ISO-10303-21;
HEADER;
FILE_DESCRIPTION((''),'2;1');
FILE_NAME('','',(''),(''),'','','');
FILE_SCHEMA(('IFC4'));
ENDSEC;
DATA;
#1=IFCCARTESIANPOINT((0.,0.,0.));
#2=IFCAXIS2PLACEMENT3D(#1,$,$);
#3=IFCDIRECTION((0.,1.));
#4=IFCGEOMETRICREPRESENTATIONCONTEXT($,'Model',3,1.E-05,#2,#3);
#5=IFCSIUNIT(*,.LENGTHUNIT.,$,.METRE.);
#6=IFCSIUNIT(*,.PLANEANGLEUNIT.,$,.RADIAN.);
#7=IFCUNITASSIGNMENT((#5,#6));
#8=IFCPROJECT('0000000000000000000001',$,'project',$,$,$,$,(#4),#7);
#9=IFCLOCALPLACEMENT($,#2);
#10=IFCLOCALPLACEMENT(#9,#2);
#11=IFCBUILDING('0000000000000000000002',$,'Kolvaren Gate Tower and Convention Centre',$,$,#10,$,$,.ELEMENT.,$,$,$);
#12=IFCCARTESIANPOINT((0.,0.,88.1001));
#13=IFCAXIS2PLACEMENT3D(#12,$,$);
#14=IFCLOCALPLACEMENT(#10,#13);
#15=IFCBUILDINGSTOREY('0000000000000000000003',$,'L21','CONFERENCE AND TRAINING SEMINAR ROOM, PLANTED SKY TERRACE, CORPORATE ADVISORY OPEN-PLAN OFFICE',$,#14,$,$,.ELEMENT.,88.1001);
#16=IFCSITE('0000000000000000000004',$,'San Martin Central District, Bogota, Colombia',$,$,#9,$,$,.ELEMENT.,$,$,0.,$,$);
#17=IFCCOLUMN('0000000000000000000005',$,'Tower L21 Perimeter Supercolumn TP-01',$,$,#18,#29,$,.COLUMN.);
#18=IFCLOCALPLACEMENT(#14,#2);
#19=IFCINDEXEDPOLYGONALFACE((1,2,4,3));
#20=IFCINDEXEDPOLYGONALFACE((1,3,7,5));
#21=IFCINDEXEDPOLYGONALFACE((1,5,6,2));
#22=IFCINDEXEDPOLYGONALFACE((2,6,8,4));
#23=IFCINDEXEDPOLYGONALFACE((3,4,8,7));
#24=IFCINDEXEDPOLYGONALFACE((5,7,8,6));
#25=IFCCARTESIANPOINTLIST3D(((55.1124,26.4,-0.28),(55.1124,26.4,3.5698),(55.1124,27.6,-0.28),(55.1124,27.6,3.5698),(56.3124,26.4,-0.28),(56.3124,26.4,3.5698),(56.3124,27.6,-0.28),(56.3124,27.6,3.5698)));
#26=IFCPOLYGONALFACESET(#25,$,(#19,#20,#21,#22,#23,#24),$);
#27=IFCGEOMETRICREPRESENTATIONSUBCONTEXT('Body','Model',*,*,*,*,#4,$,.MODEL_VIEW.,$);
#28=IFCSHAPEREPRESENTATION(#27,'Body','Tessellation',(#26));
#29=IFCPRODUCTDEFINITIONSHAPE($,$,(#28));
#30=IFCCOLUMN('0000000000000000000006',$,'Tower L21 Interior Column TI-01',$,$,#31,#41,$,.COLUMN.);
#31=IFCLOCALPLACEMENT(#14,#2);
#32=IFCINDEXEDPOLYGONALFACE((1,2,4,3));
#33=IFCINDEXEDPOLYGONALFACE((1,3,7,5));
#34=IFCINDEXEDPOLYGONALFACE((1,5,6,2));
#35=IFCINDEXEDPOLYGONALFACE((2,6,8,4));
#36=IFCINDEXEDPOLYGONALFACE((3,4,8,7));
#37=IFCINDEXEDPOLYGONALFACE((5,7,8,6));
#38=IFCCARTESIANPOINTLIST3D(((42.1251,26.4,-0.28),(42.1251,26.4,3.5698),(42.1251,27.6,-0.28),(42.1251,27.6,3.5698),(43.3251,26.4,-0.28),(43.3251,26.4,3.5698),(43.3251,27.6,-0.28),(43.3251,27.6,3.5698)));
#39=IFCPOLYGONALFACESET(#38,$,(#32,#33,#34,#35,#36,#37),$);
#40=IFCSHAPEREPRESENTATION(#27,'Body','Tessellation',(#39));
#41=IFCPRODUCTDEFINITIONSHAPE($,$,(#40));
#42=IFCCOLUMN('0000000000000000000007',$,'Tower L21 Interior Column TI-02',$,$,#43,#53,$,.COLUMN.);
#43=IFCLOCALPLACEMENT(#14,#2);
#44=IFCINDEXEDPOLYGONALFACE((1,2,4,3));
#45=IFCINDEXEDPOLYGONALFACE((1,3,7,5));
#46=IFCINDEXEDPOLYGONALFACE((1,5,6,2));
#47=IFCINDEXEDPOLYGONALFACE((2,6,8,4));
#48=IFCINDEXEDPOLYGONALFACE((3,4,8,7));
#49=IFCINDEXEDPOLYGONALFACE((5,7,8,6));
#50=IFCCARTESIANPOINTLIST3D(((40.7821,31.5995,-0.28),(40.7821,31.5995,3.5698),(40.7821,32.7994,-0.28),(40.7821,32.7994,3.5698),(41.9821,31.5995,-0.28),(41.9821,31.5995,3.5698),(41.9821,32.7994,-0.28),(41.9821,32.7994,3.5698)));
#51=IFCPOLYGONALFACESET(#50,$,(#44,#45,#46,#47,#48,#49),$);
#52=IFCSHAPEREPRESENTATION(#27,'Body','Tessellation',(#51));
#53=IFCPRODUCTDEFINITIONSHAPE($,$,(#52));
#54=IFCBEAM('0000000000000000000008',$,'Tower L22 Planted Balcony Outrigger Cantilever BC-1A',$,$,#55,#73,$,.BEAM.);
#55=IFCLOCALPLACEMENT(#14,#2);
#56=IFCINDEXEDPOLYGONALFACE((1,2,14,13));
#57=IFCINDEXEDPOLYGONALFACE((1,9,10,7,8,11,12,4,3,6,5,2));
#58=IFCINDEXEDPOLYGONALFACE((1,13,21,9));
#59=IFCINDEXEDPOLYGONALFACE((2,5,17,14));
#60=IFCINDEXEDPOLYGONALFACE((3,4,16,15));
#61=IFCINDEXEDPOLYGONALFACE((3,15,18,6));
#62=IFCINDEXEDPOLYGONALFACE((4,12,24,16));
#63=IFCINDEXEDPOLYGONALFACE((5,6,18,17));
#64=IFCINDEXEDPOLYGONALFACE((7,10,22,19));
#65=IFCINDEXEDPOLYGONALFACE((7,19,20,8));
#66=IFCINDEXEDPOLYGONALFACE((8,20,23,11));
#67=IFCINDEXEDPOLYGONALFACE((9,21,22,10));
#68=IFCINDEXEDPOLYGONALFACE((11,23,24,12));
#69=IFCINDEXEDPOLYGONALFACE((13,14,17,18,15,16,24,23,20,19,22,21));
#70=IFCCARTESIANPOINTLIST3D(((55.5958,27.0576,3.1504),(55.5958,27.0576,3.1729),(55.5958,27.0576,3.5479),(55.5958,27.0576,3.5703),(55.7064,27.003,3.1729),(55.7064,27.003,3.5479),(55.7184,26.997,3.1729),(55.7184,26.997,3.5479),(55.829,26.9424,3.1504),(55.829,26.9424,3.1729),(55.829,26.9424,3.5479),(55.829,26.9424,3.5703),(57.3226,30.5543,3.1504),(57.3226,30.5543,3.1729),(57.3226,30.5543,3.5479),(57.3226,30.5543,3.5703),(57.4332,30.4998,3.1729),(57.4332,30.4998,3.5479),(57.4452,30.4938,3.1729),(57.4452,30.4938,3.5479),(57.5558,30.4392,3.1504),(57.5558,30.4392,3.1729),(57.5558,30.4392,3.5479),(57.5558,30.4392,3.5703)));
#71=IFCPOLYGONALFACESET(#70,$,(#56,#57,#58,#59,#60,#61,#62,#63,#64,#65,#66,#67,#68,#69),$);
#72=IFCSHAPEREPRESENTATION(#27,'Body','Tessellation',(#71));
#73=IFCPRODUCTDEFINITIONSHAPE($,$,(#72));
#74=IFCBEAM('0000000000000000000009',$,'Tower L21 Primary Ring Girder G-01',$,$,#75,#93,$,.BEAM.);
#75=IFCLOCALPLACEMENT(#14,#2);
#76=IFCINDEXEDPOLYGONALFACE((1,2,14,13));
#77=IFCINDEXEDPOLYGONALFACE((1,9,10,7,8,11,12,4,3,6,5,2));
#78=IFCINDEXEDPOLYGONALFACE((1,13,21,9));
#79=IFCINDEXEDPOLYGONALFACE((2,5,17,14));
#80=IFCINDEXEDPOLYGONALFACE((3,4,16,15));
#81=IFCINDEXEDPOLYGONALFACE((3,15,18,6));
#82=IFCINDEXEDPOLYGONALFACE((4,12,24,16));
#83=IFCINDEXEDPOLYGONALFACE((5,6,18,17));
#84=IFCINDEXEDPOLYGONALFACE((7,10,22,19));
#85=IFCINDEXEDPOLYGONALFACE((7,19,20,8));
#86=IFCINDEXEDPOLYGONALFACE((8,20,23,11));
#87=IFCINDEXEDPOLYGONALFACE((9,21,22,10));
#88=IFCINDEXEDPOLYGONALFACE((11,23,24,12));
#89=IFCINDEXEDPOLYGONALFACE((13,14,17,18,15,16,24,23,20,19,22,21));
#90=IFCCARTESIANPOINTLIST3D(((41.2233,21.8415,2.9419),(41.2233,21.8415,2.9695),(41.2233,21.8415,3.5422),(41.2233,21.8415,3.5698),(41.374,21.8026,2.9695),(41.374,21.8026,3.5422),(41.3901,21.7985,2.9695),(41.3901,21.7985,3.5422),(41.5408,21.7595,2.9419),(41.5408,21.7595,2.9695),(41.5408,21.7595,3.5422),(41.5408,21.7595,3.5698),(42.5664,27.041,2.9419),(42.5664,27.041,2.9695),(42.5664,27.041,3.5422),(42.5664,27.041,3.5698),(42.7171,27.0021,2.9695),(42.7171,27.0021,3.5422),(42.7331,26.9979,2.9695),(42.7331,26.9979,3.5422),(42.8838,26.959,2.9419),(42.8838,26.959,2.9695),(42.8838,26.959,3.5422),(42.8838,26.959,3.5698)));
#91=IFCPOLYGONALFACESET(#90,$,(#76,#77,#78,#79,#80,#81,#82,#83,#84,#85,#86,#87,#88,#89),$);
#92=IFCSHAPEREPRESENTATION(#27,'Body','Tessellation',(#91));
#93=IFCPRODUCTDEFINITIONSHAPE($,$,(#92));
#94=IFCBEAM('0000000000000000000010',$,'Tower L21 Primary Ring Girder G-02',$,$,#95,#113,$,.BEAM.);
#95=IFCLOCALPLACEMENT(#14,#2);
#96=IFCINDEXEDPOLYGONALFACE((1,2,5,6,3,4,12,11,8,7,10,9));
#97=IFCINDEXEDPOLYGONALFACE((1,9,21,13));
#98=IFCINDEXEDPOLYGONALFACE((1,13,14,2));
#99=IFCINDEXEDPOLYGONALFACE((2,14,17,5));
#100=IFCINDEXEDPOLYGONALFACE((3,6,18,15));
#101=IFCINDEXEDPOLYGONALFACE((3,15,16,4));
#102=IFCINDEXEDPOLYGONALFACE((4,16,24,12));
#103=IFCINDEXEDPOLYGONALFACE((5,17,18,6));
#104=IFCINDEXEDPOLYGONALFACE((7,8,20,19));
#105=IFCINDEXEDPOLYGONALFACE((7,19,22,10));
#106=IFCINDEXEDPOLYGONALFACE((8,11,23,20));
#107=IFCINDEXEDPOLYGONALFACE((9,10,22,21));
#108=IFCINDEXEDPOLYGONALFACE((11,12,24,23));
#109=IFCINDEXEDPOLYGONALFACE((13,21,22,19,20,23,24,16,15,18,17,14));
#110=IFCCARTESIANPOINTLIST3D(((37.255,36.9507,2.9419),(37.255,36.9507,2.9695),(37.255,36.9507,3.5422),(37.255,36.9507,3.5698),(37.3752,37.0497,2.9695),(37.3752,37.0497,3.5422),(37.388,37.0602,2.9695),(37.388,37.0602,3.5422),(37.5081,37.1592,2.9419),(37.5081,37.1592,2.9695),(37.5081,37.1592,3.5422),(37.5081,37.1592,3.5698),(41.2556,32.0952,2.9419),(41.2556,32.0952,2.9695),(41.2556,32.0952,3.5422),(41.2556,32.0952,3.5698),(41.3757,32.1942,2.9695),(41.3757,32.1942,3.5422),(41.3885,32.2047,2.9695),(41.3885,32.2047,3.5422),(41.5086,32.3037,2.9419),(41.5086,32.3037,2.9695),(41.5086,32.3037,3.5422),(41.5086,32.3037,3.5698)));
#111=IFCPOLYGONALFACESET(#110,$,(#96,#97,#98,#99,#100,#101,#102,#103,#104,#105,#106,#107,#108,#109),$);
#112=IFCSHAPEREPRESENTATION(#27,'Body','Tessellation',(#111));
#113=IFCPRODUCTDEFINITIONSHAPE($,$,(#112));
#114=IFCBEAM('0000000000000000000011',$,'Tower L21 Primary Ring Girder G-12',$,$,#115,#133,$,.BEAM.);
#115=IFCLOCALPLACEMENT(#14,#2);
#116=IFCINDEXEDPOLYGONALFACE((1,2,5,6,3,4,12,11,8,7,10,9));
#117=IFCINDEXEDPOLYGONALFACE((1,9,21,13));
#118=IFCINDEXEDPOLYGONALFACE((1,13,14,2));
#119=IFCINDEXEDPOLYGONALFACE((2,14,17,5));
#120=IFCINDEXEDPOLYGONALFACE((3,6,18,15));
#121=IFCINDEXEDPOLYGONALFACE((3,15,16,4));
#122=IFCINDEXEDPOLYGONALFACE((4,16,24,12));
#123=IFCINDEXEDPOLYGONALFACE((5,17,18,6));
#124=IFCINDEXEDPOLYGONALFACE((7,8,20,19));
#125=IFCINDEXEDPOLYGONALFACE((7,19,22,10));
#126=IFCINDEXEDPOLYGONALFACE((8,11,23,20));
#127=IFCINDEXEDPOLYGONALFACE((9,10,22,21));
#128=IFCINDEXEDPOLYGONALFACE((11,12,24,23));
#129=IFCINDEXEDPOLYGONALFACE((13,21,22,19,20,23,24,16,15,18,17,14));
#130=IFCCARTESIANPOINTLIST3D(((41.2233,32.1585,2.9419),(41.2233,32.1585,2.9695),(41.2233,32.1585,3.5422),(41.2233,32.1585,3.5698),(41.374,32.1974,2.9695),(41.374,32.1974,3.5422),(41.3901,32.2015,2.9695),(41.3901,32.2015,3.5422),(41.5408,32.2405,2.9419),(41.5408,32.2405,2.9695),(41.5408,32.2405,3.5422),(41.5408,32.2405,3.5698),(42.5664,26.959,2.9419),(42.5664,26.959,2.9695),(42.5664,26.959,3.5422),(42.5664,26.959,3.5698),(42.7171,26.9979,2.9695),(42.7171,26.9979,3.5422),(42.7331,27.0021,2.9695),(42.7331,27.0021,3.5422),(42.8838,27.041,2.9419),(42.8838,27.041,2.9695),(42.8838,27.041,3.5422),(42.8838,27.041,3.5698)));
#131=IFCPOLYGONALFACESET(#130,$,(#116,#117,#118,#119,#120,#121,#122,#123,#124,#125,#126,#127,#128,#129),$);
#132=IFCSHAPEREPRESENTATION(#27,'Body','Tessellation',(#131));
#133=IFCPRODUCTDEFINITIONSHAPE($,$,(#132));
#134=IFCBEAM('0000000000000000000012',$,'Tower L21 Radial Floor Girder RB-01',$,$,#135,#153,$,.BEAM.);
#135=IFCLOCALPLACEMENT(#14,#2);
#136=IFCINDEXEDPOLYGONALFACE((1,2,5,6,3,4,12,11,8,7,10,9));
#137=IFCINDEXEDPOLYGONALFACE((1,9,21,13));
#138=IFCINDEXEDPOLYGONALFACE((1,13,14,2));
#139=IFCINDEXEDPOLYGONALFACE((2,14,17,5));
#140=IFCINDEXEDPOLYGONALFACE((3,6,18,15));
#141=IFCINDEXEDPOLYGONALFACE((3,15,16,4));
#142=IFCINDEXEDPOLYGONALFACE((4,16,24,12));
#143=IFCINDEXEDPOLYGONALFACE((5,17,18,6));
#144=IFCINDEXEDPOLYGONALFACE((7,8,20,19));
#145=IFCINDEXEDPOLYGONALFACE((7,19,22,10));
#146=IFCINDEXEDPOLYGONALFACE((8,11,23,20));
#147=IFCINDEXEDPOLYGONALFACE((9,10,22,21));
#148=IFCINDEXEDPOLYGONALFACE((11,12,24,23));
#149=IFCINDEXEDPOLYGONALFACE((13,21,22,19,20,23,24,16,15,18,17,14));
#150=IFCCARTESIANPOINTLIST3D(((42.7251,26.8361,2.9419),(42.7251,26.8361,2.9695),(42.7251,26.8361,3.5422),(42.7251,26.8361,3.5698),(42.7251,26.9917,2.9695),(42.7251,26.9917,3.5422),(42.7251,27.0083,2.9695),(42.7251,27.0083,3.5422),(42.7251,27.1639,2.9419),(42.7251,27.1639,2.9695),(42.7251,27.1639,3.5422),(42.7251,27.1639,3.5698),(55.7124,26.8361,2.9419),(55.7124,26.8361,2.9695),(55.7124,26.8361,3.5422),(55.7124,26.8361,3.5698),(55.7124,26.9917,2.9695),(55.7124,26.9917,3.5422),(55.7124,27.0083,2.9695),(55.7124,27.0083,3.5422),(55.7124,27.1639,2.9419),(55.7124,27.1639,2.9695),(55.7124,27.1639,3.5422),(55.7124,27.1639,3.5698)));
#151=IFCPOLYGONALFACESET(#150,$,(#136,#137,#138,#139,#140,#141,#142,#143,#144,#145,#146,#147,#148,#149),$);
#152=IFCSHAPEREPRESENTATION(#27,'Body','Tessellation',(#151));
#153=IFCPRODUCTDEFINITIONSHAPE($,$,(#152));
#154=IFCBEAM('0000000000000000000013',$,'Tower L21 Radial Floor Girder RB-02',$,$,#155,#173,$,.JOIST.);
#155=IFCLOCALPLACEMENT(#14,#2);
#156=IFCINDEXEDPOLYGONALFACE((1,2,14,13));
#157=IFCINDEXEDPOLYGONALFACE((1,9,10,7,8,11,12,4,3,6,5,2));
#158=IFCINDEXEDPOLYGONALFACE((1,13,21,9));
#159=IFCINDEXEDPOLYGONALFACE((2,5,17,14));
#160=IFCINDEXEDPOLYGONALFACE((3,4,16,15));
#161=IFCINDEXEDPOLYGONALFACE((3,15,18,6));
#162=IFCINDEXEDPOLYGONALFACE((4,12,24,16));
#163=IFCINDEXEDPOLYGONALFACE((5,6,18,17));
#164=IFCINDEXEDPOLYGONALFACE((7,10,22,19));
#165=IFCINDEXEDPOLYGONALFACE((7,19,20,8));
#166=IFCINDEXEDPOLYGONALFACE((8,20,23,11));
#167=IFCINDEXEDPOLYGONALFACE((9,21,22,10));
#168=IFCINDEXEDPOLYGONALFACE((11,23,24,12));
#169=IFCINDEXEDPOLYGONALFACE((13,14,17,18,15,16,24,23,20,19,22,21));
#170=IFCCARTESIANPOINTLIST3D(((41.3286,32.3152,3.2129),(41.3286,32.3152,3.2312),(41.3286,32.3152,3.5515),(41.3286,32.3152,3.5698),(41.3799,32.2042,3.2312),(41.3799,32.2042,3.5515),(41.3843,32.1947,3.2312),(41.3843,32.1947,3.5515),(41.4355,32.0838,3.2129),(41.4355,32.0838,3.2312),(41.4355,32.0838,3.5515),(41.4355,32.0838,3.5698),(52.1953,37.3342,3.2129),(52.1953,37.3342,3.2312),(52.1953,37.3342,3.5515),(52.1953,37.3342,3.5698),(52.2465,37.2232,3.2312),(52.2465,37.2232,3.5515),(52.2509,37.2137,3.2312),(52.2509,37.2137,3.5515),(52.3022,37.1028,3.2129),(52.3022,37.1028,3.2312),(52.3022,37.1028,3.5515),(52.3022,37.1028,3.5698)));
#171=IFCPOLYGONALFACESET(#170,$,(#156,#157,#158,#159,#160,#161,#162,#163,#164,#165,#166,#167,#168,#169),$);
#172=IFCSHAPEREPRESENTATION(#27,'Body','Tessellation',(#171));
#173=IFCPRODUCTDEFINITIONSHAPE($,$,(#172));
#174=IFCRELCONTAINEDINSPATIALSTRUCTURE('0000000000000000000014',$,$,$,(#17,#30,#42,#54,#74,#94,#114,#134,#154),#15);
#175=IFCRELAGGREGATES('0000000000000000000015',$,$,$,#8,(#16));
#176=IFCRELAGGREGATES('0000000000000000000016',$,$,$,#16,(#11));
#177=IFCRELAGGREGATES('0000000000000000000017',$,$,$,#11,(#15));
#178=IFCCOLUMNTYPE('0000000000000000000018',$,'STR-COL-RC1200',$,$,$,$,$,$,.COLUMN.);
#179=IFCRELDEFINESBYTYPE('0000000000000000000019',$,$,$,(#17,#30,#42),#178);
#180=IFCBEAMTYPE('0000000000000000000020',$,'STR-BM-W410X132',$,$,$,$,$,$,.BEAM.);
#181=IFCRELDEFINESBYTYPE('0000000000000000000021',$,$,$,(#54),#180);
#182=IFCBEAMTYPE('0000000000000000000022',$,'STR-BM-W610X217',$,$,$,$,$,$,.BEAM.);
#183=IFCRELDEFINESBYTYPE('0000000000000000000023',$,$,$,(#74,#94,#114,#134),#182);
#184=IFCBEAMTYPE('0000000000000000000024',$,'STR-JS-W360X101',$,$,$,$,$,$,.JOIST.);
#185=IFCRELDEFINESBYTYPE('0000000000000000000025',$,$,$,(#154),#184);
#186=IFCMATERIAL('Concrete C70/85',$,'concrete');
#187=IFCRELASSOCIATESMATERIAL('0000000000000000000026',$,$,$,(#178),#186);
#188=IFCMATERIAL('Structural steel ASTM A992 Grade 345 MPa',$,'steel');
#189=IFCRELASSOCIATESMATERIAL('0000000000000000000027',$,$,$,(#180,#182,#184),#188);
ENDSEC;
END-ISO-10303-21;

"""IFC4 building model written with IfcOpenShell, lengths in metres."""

from ifc_helpers import new_model, si_unit, direction, frame, origin, origin_2d, place, context, subcontext, project, spatial, rectangle, i_section, extrude, material, material_profile, profile_set, type_object, element, save


model = new_model("IFC4")

# Units and contexts
model_context = context("Model", 3, precision=1e-05, world=origin(), true_north=direction((0.0, 1.0)))
body_context = subcontext(model_context, "Body", "Model", "MODEL_VIEW")
ifc_project = project(units=[si_unit("LENGTHUNIT", "METRE"), si_unit("PLANEANGLEUNIT", "RADIAN")], contexts=[model_context])

# Site, building, storey
site_placement = place(None, origin())
site = spatial("IfcSite", under=ifc_project, at=site_placement, Name="San Martin Central District, Bogota, Colombia", CompositionType="ELEMENT", RefElevation=0.0)
building_placement = place(site_placement, origin())
building = spatial("IfcBuilding", under=site, at=building_placement, Name="Kolvaren Gate Tower and Convention Centre", CompositionType="ELEMENT")
storey_placement = place(building_placement, frame((0.0, 0.0, 88.1001)))
storey = spatial("IfcBuildingStorey", under=building, at=storey_placement, Name="L21", Description="CONFERENCE AND TRAINING SEMINAR ROOM, PLANTED SKY TERRACE, CORPORATE ADVISORY OPEN-PLAN OFFICE", CompositionType="ELEMENT", Elevation=88.1001)

# Columns
ifc_material_1 = material(Name="Concrete C70/85", Category="concrete")
ifc_material_profile_1 = material_profile(ifc_material_1, rectangle(XDim=1.2, YDim=1.2, at=origin_2d()), Name="RC-COL-1200X1200")
ifc_profile_set_1 = profile_set([ifc_material_profile_1], Name="Concrete C70/85")
column_type = type_object("IfcColumnType", Name="STR-COL-RC1200", PredefinedType="COLUMN", material=ifc_profile_set_1)
for number, where, z_axis, x_axis, name in (
    (1, (55.7124, 27.0, -0.28), (0.0, 0.0, 1.0), (1.0, 0.0, 0.0), "Tower L21 Perimeter Supercolumn TP-01"),
    (2, (42.7251, 27.0, -0.28), (0.0, 0.0, 1.0), (1.0, 0.0, 0.0), "Tower L21 Interior Column TI-01"),
    (3, (41.3821, 32.1995, -0.28), (0.0, 0.0, 1.0), (1.0, 0.0, 0.0), "Tower L21 Interior Column TI-02"),
):
    element("IfcColumn", number, at=place(storey_placement, frame(where, z_axis=z_axis, x_axis=x_axis)), inside=storey, type_object=column_type, Name=name, PredefinedType="COLUMN", context=body_context, shape_type="SweptSolid", body=[
        extrude(rectangle(XDim=1.2, YDim=1.2, at=origin_2d()), origin(), (0.0, 0.0, 1.0), 3.8499),
    ])

# Beams
ifc_material_2 = material(Name="Structural steel ASTM A992 Grade 345 MPa", Category="steel")
ifc_material_profile_2 = material_profile(ifc_material_2, i_section(OverallWidth=0.26, OverallDepth=0.4199, WebThickness=0.0134, FlangeThickness=0.0225, at=origin_2d()), Name="W410X132")
ifc_profile_set_2 = profile_set([ifc_material_profile_2], Name="Structural steel ASTM A992 Grade 345 MPa")
beam_type_1 = type_object("IfcBeamType", Name="STR-BM-W410X132", PredefinedType="BEAM", material=ifc_profile_set_2)
beam_1_placement = place(storey_placement, frame((55.7124, 27.0, 3.3604), z_axis=(0.442776, 0.896632, 0.0), x_axis=(-0.896632, 0.442776, 0.0)))
element("IfcBeam", 4, at=beam_1_placement, inside=storey, type_object=beam_type_1, Name="Tower L22 Planted Balcony Outrigger Cantilever BC-1A", PredefinedType="BEAM", context=body_context, shape_type="SweptSolid", body=[
    extrude(i_section(OverallWidth=0.26, OverallDepth=0.4199, WebThickness=0.0134, FlangeThickness=0.0225, at=origin_2d()), origin(), (0.0, 0.0, 1.0), 3.8999),
])
ifc_material_profile_3 = material_profile(ifc_material_2, i_section(OverallWidth=0.3279, OverallDepth=0.6279, WebThickness=0.0166, FlangeThickness=0.0276, at=origin_2d()), Name="W610X217")
ifc_profile_set_3 = profile_set([ifc_material_profile_3], Name="Structural steel ASTM A992 Grade 345 MPa")
beam_type_2 = type_object("IfcBeamType", Name="STR-BM-W610X217", PredefinedType="BEAM", material=ifc_profile_set_3)
beam_2_placement = place(storey_placement, frame((42.7251, 27.0, 3.2559), z_axis=(-0.250091, -0.968222, 0.0), x_axis=(0.968222, -0.250091, 0.0)))
element("IfcBeam", 5, at=beam_2_placement, inside=storey, type_object=beam_type_2, Name="Tower L21 Primary Ring Girder G-01", PredefinedType="BEAM", context=body_context, shape_type="SweptSolid", body=[
    extrude(i_section(OverallWidth=0.3279, OverallDepth=0.6279, WebThickness=0.0166, FlangeThickness=0.0276, at=origin_2d()), origin(), (0.0, 0.0, 1.0), 5.3701),
])
beam_3_placement = place(storey_placement, frame((41.3821, 32.1995, 3.2559), z_axis=(-0.635884, 0.771785, 0.0), x_axis=(-0.771785, -0.635884, 0.0)))
element("IfcBeam", 6, at=beam_3_placement, inside=storey, type_object=beam_type_2, Name="Tower L21 Primary Ring Girder G-02", PredefinedType="BEAM", context=body_context, shape_type="SweptSolid", body=[
    extrude(i_section(OverallWidth=0.3279, OverallDepth=0.6279, WebThickness=0.0166, FlangeThickness=0.0276, at=origin_2d()), origin(), (0.0, 0.0, 1.0), 6.2913),
])
beam_4_placement = place(storey_placement, frame((42.7251, 27.0, 3.2559), z_axis=(-0.250091, 0.968222, 0.0), x_axis=(-0.968222, -0.250091, 0.0)))
element("IfcBeam", 7, at=beam_4_placement, inside=storey, type_object=beam_type_2, Name="Tower L21 Primary Ring Girder G-12", PredefinedType="BEAM", context=body_context, shape_type="SweptSolid", body=[
    extrude(i_section(OverallWidth=0.3279, OverallDepth=0.6279, WebThickness=0.0166, FlangeThickness=0.0276, at=origin_2d()), origin(), (0.0, 0.0, 1.0), 5.3701),
])
beam_5_placement = place(storey_placement, frame((42.7251, 27.0, 3.2559), z_axis=(1.0, 0.0, 0.0), x_axis=(0.0, 1.0, 0.0)))
element("IfcBeam", 8, at=beam_5_placement, inside=storey, type_object=beam_type_2, Name="Tower L21 Radial Floor Girder RB-01", PredefinedType="BEAM", context=body_context, shape_type="SweptSolid", body=[
    extrude(i_section(OverallWidth=0.3279, OverallDepth=0.6279, WebThickness=0.0166, FlangeThickness=0.0276, at=origin_2d()), origin(), (0.0, 0.0, 1.0), 12.9873),
])
ifc_material_profile_4 = material_profile(ifc_material_2, i_section(OverallWidth=0.2549, OverallDepth=0.3569, WebThickness=0.0105, FlangeThickness=0.0183, at=origin_2d()), Name="W360X101")
ifc_profile_set_4 = profile_set([ifc_material_profile_4], Name="Structural steel ASTM A992 Grade 345 MPa")
beam_type_3 = type_object("IfcBeamType", Name="STR-JS-W360X101", PredefinedType="JOIST", material=ifc_profile_set_4)
beam_6_placement = place(storey_placement, frame((41.3821, 32.1995, 3.3914), z_axis=(0.907844, 0.419309, 0.0), x_axis=(-0.419309, 0.907844, 0.0)))
element("IfcBeam", 9, at=beam_6_placement, inside=storey, type_object=beam_type_3, Name="Tower L21 Radial Floor Girder RB-02", PredefinedType="JOIST", context=body_context, shape_type="SweptSolid", body=[
    extrude(i_section(OverallWidth=0.2549, OverallDepth=0.3569, WebThickness=0.0105, FlangeThickness=0.0183, at=origin_2d()), origin(), (0.0, 0.0, 1.0), 11.9697),
])

save(model, "model.ifc")
